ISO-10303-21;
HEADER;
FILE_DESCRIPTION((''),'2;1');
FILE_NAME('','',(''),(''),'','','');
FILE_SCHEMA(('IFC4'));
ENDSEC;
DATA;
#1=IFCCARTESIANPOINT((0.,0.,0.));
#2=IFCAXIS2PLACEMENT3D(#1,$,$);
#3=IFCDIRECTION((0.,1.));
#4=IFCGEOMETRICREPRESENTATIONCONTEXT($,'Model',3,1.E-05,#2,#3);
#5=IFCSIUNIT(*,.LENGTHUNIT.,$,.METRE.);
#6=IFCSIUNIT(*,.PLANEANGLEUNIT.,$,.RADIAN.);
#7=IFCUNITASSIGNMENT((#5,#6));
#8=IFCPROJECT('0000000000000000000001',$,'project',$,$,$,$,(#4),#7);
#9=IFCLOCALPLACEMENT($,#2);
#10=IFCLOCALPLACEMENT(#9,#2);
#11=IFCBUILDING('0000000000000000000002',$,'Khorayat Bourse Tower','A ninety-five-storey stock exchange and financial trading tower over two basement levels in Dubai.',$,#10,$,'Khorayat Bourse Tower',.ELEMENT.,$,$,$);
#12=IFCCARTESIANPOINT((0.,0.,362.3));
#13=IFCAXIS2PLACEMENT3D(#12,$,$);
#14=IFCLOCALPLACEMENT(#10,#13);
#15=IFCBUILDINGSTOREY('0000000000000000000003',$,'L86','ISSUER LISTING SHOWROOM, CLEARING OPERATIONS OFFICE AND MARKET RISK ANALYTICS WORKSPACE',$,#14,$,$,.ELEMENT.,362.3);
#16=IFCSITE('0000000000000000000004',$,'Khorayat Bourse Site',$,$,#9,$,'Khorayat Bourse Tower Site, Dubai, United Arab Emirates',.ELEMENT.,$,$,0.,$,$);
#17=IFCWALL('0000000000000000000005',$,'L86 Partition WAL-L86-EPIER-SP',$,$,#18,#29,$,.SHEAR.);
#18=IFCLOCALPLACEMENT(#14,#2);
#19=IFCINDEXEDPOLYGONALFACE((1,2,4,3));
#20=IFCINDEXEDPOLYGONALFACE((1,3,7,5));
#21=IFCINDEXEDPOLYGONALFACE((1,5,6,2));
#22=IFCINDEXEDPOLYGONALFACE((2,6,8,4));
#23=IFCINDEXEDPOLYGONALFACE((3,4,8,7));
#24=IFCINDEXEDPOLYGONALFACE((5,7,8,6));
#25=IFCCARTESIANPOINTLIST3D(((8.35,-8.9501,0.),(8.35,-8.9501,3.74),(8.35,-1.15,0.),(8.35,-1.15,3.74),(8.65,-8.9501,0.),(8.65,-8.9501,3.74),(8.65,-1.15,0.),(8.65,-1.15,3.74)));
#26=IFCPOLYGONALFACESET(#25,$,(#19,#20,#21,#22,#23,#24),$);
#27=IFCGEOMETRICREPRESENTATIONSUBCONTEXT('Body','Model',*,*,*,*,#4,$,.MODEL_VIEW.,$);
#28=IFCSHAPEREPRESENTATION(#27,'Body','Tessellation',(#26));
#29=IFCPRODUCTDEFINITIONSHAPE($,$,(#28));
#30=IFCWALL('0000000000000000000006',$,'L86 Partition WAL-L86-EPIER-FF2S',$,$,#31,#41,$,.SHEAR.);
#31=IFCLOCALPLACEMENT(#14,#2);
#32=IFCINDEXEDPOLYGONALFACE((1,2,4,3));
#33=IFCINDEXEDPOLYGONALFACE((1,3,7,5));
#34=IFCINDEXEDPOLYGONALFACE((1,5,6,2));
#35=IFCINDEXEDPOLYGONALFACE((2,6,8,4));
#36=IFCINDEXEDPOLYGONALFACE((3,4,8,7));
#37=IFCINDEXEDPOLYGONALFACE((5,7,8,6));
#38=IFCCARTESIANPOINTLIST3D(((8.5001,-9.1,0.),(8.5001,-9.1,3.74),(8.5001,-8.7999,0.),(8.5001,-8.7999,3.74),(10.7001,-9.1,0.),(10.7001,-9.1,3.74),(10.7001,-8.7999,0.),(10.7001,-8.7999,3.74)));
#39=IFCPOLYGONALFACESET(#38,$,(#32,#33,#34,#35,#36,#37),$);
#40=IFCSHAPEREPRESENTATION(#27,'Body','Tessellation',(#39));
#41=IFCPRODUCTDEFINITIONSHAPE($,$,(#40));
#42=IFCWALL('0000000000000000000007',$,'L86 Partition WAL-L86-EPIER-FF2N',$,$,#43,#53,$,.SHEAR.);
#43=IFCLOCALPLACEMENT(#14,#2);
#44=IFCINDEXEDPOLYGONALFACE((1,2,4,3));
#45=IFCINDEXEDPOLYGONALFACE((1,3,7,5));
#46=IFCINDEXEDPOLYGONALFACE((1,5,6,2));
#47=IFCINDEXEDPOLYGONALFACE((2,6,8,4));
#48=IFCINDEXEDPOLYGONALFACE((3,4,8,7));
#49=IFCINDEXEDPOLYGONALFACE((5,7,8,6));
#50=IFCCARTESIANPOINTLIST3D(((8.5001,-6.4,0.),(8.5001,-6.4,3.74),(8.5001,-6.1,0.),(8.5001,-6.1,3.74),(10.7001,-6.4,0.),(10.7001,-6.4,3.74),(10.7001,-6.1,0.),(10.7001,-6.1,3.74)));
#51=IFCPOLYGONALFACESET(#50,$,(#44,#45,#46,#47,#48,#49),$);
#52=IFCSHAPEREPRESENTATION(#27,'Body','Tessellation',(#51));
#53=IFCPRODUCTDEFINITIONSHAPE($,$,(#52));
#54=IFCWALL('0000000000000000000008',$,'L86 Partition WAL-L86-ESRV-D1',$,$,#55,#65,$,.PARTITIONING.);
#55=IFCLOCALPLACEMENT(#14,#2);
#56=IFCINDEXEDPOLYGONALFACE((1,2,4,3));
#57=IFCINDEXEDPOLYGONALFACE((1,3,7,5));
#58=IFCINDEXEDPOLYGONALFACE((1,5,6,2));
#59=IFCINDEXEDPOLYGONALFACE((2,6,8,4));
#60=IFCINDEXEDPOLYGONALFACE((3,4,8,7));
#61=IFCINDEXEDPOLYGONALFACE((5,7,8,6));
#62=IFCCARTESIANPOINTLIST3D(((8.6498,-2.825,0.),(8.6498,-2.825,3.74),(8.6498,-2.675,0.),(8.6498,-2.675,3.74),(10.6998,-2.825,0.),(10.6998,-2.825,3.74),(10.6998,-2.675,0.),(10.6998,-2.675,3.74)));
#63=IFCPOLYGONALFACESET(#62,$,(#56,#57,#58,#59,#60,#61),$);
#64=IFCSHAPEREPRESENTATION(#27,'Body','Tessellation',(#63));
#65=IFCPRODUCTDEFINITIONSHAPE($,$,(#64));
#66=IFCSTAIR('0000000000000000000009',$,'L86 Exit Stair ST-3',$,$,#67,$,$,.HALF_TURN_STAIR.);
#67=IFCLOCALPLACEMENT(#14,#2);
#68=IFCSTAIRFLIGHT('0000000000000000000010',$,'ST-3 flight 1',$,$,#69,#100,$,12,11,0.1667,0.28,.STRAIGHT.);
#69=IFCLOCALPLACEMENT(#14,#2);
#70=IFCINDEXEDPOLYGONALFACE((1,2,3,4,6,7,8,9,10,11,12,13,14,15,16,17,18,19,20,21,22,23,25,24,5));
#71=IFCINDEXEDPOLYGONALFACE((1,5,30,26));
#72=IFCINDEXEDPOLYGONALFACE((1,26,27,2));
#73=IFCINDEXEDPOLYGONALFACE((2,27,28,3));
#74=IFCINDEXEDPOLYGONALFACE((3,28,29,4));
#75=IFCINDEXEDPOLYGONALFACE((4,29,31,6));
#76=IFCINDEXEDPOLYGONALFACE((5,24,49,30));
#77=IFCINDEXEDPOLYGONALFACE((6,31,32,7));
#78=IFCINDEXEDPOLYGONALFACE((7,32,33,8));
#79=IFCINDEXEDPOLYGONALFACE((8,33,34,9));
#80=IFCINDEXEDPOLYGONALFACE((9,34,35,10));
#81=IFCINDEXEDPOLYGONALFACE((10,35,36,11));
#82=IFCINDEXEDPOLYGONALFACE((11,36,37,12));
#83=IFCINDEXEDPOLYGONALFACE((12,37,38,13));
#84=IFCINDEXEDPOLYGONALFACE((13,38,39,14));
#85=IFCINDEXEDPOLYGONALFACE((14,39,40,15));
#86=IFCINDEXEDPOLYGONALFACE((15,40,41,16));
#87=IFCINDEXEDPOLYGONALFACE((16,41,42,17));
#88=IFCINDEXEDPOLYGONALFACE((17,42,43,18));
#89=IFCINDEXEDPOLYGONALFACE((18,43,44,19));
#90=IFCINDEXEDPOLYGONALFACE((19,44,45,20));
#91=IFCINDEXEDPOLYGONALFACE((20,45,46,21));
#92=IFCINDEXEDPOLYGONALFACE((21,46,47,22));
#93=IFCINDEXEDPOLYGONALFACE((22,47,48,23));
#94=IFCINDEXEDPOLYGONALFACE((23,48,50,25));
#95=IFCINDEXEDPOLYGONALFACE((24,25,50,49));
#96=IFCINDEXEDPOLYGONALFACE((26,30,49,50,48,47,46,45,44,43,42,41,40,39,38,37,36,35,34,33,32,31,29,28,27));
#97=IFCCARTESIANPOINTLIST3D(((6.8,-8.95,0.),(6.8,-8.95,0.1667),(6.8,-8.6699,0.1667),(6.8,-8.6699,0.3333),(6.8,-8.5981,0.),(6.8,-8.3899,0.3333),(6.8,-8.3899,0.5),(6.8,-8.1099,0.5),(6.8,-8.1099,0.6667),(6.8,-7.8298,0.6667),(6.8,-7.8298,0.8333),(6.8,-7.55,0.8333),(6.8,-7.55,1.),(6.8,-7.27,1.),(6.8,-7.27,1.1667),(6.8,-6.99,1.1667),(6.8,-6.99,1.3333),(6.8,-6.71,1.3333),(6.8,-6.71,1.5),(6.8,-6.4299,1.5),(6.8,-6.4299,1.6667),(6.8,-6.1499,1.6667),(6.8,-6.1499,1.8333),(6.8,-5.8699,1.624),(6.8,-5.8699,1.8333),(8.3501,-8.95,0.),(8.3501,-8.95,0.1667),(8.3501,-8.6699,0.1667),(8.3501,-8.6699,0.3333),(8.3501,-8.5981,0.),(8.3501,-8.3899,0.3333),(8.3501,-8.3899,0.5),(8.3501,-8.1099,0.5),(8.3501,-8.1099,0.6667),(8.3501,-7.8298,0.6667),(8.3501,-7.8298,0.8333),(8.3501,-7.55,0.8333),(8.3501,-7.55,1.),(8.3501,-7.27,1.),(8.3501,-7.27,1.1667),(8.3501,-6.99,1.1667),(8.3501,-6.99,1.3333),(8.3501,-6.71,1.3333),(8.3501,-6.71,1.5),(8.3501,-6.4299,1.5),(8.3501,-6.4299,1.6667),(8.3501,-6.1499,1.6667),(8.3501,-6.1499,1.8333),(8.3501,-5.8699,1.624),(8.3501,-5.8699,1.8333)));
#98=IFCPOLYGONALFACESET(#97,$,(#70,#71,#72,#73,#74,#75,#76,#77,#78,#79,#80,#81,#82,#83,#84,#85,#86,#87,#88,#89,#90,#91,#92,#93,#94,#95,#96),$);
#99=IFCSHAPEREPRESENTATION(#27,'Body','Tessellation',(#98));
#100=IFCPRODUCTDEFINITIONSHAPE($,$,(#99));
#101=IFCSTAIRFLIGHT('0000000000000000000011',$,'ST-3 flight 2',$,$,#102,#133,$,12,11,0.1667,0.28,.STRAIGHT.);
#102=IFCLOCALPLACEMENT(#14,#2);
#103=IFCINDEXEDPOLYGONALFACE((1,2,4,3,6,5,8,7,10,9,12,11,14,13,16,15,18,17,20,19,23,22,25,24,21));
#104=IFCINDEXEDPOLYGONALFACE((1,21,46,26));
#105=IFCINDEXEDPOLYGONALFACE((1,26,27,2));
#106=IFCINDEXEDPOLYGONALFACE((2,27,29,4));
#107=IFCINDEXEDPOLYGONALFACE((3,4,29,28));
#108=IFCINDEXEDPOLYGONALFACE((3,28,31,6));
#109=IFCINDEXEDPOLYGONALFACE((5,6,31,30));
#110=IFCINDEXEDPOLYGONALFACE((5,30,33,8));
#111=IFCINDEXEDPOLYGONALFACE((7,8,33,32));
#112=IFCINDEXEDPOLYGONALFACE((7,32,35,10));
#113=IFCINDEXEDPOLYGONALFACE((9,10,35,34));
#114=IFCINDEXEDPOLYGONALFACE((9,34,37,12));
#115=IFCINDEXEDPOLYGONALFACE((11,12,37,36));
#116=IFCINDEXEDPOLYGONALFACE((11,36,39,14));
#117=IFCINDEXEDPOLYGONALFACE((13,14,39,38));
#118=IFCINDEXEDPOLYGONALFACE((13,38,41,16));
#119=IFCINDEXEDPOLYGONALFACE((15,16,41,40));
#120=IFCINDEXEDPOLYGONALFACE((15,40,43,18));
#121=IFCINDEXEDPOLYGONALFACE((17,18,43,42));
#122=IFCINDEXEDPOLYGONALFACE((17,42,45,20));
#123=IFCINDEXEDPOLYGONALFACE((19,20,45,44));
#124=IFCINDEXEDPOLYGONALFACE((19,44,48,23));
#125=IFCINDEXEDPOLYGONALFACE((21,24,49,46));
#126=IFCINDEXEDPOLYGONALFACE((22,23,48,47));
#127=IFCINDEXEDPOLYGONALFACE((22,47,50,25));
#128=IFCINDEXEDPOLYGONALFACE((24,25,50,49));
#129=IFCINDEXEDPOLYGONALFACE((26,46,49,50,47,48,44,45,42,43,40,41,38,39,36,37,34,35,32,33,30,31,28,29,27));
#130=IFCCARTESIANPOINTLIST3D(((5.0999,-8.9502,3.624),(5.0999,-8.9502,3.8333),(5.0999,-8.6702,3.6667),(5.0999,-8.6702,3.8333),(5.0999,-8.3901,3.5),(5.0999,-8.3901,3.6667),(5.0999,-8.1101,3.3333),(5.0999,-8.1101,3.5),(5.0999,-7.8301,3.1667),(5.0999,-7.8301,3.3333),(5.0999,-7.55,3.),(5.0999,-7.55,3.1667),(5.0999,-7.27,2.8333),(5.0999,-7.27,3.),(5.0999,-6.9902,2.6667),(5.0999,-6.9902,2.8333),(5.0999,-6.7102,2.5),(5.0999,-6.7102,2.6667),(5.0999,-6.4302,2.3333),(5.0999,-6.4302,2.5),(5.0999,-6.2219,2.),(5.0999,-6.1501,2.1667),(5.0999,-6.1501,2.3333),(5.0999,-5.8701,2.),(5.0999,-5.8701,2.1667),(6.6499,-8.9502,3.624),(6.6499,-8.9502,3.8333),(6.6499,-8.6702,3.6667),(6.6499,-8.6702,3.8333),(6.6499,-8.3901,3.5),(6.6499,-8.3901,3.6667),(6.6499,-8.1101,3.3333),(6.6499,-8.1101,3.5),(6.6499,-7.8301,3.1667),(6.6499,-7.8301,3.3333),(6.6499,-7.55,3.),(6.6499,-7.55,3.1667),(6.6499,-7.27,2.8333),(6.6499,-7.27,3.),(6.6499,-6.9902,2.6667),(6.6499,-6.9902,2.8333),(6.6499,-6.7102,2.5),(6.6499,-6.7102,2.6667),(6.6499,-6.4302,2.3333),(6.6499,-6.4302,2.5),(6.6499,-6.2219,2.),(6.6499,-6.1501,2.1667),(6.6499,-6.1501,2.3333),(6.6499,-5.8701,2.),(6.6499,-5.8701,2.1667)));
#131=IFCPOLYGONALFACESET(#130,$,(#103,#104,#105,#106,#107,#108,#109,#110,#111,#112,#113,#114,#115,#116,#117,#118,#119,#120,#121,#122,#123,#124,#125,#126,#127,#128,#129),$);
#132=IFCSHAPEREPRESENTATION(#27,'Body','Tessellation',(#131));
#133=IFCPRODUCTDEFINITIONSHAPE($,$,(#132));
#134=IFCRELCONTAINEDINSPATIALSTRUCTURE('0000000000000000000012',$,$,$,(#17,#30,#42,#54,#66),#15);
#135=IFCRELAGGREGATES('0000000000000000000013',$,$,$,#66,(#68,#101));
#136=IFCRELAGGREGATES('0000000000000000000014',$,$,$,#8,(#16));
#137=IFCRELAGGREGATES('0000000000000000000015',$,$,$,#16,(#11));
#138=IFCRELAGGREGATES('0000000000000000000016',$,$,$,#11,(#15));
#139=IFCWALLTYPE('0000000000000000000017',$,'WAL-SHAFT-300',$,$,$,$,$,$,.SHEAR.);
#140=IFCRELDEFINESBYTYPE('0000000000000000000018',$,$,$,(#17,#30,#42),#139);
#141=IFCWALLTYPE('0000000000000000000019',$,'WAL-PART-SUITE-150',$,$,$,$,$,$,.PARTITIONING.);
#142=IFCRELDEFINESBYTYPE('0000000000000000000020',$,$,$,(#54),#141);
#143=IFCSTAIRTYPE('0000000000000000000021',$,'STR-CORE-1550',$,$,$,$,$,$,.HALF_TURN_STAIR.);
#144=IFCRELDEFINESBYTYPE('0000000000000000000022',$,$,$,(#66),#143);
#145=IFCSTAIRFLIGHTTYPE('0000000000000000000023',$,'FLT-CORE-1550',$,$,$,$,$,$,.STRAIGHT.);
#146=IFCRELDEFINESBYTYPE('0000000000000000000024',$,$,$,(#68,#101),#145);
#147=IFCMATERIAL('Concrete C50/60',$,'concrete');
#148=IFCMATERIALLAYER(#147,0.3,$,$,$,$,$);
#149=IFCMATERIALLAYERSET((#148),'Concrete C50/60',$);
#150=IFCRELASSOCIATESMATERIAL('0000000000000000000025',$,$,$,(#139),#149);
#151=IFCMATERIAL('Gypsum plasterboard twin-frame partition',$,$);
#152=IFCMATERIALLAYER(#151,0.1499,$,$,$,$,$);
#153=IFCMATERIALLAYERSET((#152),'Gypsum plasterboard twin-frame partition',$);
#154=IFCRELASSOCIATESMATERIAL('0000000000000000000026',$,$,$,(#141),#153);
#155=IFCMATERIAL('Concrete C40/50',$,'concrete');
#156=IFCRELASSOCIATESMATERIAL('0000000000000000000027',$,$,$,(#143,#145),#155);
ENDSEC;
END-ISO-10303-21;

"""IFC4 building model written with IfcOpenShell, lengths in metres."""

from ifc_helpers import new_model, si_unit, direction, frame, frame_2d, origin, place, context, subcontext, project, spatial, polyline, rectangle, outline, extrude, source, transform, mapped, material, layer, layer_set, type_object, element, aggregate, save


model = new_model("IFC4")

# Units and contexts
model_context = context("Model", 3, precision=1e-05, world=origin(), true_north=direction((0.0, 1.0)))
body_context = subcontext(model_context, "Body", "Model", "MODEL_VIEW")
ifc_project = project(units=[si_unit("LENGTHUNIT", "METRE"), si_unit("PLANEANGLEUNIT", "RADIAN")], contexts=[model_context])

# Site, building, storey
site_placement = place(None, origin())
site = spatial("IfcSite", under=ifc_project, at=site_placement, Name="Khorayat Bourse Site", LongName="Khorayat Bourse Tower Site, Dubai, United Arab Emirates", CompositionType="ELEMENT", RefElevation=0.0)
building_placement = place(site_placement, origin())
building = spatial("IfcBuilding", under=site, at=building_placement, Name="Khorayat Bourse Tower", Description="A ninety-five-storey stock exchange and financial trading tower over two basement levels in Dubai.", LongName="Khorayat Bourse Tower", CompositionType="ELEMENT")
storey_placement = place(building_placement, frame((0.0, 0.0, 362.3)))
storey = spatial("IfcBuildingStorey", under=building, at=storey_placement, Name="L86", Description="ISSUER LISTING SHOWROOM, CLEARING OPERATIONS OFFICE AND MARKET RISK ANALYTICS WORKSPACE", CompositionType="ELEMENT", Elevation=362.3)

# Walls
ifc_material_1 = material(Name="Concrete C50/60", Category="concrete")
ifc_layer_1 = layer(ifc_material_1, 0.3)
ifc_layer_set_1 = layer_set([ifc_layer_1], Name="Concrete C50/60")
wall_type_1 = type_object("IfcWallType", Name="WAL-SHAFT-300", PredefinedType="SHEAR", material=ifc_layer_set_1)
shared_shape_1 = source(origin(), body_context, "Body", "SweptSolid", [
    extrude(rectangle(XDim=7.8, YDim=0.3, at=frame_2d((3.8999, 0.0))), origin(), (0.0, 0.0, 1.0), 3.74),
])
wall_1_placement = place(storey_placement, frame((8.5, -8.95, 0.0), z_axis=(0.0, 0.0, 1.0), x_axis=(0.0, 1.0, 0.0)))
element("IfcWall", 1, at=wall_1_placement, inside=storey, type_object=wall_type_1, Name="L86 Partition WAL-L86-EPIER-SP", PredefinedType="SHEAR", context=body_context, shape_type="MappedRepresentation", body=[
    mapped(shared_shape_1, transform((0.0, 0.0, 0.0), scale=1.0)),
])
shared_shape_2 = source(origin(), body_context, "Body", "SweptSolid", [
    extrude(rectangle(XDim=2.2, YDim=0.3, at=frame_2d((1.1001, 0.0))), origin(), (0.0, 0.0, 1.0), 3.74),
])
for number, where, z_axis, x_axis, name in (
    (2, (8.5, -8.95, 0.0), (0.0, 0.0, 1.0), (1.0, 0.0, 0.0), "L86 Partition WAL-L86-EPIER-FF2S"),
    (3, (8.5, -6.25, 0.0), (0.0, 0.0, 1.0), (1.0, 0.0, 0.0), "L86 Partition WAL-L86-EPIER-FF2N"),
):
    element("IfcWall", number, at=place(storey_placement, frame(where, z_axis=z_axis, x_axis=x_axis)), inside=storey, type_object=wall_type_1, Name=name, PredefinedType="SHEAR", context=body_context, shape_type="MappedRepresentation", body=[
        mapped(shared_shape_2, transform((0.0, 0.0, 0.0), scale=1.0)),
    ])
ifc_material_2 = material(Name="Gypsum plasterboard twin-frame partition")
ifc_layer_2 = layer(ifc_material_2, 0.1499)
ifc_layer_set_2 = layer_set([ifc_layer_2], Name="Gypsum plasterboard twin-frame partition")
wall_type_2 = type_object("IfcWallType", Name="WAL-PART-SUITE-150", PredefinedType="PARTITIONING", material=ifc_layer_set_2)
shared_shape_3 = source(origin(), body_context, "Body", "SweptSolid", [
    extrude(rectangle(XDim=2.05, YDim=0.1499, at=frame_2d((1.0249, 0.0))), origin(), (0.0, 0.0, 1.0), 3.74),
])
wall_2_placement = place(storey_placement, frame((8.6499, -2.75, 0.0), z_axis=(0.0, 0.0, 1.0), x_axis=(1.0, 0.0, 0.0)))
element("IfcWall", 4, at=wall_2_placement, inside=storey, type_object=wall_type_2, Name="L86 Partition WAL-L86-ESRV-D1", PredefinedType="PARTITIONING", context=body_context, shape_type="MappedRepresentation", body=[
    mapped(shared_shape_3, transform((0.0, 0.0, 0.0), scale=1.0)),
])

# Stair, stair flights
ifc_material_3 = material(Name="Concrete C40/50", Category="concrete")
stair_type = type_object("IfcStairType", Name="STR-CORE-1550", PredefinedType="HALF_TURN_STAIR", material=ifc_material_3)
stair_placement = place(storey_placement, origin())
stair = element("IfcStair", 5, at=stair_placement, inside=storey, type_object=stair_type, Name="L86 Exit Stair ST-3", PredefinedType="HALF_TURN_STAIR")
stair_flight_type = type_object("IfcStairFlightType", Name="FLT-CORE-1550", PredefinedType="STRAIGHT", material=ifc_material_3)
shared_shape_4 = source(origin(), body_context, "Body", "SweptSolid", [
    extrude(outline(polyline([(0.0, 0.0), (0.0, 0.1667), (0.28, 0.1667), (0.28, 0.3333), (0.5601, 0.3333), (0.5601, 0.5), (0.8401, 0.5), (0.8401, 0.6667), (1.1201, 0.6667), (1.1201, 0.8333), (1.3999, 0.8333), (1.3999, 1.0), (1.6799, 1.0), (1.6799, 1.1667), (1.96, 1.1667), (1.96, 1.3333), (2.24, 1.3333), (2.24, 1.5), (2.52, 1.5), (2.52, 1.6667), (2.8, 1.6667), (2.8, 1.8333), (3.0801, 1.8333), (3.0801, 2.0), (3.0801, 1.624), (0.3518, 0.0), (0.0, 0.0)])), frame((0.0, 0.7749, 0.0), z_axis=(0.0, -1.0, 0.0), x_axis=(1.0, 0.0, 0.0)), (0.0, 0.0, 1.0), 1.55),
])
stair_flight_1_placement = place(storey_placement, frame((7.575, -8.95, 0.0), z_axis=(0.0, 0.0, 1.0), x_axis=(0.0, 1.0, 0.0)))
stair_flight_1 = element("IfcStairFlight", 6, at=stair_flight_1_placement, type_object=stair_flight_type, Name="ST-3 flight 1", NumberOfRisers=12, NumberOfTreads=11, PredefinedType="STRAIGHT", RiserHeight=0.1667, TreadLength=0.28, context=body_context, shape_type="MappedRepresentation", body=[
    mapped(shared_shape_4, transform((0.0, 0.0, 0.0), scale=1.0)),
])
stair_flight_2_placement = place(storey_placement, frame((5.875, -5.8701, 2.0), z_axis=(0.0, 0.0, 1.0), x_axis=(0.0, -1.0, 0.0)))
stair_flight_2 = element("IfcStairFlight", 7, at=stair_flight_2_placement, type_object=stair_flight_type, Name="ST-3 flight 2", NumberOfRisers=12, NumberOfTreads=11, PredefinedType="STRAIGHT", RiserHeight=0.1667, TreadLength=0.28, context=body_context, shape_type="MappedRepresentation", body=[
    mapped(shared_shape_4, transform((0.0, 0.0, 0.0), scale=1.0)),
])
aggregate(stair, [stair_flight_1, stair_flight_2])

save(model, "model.ifc")
